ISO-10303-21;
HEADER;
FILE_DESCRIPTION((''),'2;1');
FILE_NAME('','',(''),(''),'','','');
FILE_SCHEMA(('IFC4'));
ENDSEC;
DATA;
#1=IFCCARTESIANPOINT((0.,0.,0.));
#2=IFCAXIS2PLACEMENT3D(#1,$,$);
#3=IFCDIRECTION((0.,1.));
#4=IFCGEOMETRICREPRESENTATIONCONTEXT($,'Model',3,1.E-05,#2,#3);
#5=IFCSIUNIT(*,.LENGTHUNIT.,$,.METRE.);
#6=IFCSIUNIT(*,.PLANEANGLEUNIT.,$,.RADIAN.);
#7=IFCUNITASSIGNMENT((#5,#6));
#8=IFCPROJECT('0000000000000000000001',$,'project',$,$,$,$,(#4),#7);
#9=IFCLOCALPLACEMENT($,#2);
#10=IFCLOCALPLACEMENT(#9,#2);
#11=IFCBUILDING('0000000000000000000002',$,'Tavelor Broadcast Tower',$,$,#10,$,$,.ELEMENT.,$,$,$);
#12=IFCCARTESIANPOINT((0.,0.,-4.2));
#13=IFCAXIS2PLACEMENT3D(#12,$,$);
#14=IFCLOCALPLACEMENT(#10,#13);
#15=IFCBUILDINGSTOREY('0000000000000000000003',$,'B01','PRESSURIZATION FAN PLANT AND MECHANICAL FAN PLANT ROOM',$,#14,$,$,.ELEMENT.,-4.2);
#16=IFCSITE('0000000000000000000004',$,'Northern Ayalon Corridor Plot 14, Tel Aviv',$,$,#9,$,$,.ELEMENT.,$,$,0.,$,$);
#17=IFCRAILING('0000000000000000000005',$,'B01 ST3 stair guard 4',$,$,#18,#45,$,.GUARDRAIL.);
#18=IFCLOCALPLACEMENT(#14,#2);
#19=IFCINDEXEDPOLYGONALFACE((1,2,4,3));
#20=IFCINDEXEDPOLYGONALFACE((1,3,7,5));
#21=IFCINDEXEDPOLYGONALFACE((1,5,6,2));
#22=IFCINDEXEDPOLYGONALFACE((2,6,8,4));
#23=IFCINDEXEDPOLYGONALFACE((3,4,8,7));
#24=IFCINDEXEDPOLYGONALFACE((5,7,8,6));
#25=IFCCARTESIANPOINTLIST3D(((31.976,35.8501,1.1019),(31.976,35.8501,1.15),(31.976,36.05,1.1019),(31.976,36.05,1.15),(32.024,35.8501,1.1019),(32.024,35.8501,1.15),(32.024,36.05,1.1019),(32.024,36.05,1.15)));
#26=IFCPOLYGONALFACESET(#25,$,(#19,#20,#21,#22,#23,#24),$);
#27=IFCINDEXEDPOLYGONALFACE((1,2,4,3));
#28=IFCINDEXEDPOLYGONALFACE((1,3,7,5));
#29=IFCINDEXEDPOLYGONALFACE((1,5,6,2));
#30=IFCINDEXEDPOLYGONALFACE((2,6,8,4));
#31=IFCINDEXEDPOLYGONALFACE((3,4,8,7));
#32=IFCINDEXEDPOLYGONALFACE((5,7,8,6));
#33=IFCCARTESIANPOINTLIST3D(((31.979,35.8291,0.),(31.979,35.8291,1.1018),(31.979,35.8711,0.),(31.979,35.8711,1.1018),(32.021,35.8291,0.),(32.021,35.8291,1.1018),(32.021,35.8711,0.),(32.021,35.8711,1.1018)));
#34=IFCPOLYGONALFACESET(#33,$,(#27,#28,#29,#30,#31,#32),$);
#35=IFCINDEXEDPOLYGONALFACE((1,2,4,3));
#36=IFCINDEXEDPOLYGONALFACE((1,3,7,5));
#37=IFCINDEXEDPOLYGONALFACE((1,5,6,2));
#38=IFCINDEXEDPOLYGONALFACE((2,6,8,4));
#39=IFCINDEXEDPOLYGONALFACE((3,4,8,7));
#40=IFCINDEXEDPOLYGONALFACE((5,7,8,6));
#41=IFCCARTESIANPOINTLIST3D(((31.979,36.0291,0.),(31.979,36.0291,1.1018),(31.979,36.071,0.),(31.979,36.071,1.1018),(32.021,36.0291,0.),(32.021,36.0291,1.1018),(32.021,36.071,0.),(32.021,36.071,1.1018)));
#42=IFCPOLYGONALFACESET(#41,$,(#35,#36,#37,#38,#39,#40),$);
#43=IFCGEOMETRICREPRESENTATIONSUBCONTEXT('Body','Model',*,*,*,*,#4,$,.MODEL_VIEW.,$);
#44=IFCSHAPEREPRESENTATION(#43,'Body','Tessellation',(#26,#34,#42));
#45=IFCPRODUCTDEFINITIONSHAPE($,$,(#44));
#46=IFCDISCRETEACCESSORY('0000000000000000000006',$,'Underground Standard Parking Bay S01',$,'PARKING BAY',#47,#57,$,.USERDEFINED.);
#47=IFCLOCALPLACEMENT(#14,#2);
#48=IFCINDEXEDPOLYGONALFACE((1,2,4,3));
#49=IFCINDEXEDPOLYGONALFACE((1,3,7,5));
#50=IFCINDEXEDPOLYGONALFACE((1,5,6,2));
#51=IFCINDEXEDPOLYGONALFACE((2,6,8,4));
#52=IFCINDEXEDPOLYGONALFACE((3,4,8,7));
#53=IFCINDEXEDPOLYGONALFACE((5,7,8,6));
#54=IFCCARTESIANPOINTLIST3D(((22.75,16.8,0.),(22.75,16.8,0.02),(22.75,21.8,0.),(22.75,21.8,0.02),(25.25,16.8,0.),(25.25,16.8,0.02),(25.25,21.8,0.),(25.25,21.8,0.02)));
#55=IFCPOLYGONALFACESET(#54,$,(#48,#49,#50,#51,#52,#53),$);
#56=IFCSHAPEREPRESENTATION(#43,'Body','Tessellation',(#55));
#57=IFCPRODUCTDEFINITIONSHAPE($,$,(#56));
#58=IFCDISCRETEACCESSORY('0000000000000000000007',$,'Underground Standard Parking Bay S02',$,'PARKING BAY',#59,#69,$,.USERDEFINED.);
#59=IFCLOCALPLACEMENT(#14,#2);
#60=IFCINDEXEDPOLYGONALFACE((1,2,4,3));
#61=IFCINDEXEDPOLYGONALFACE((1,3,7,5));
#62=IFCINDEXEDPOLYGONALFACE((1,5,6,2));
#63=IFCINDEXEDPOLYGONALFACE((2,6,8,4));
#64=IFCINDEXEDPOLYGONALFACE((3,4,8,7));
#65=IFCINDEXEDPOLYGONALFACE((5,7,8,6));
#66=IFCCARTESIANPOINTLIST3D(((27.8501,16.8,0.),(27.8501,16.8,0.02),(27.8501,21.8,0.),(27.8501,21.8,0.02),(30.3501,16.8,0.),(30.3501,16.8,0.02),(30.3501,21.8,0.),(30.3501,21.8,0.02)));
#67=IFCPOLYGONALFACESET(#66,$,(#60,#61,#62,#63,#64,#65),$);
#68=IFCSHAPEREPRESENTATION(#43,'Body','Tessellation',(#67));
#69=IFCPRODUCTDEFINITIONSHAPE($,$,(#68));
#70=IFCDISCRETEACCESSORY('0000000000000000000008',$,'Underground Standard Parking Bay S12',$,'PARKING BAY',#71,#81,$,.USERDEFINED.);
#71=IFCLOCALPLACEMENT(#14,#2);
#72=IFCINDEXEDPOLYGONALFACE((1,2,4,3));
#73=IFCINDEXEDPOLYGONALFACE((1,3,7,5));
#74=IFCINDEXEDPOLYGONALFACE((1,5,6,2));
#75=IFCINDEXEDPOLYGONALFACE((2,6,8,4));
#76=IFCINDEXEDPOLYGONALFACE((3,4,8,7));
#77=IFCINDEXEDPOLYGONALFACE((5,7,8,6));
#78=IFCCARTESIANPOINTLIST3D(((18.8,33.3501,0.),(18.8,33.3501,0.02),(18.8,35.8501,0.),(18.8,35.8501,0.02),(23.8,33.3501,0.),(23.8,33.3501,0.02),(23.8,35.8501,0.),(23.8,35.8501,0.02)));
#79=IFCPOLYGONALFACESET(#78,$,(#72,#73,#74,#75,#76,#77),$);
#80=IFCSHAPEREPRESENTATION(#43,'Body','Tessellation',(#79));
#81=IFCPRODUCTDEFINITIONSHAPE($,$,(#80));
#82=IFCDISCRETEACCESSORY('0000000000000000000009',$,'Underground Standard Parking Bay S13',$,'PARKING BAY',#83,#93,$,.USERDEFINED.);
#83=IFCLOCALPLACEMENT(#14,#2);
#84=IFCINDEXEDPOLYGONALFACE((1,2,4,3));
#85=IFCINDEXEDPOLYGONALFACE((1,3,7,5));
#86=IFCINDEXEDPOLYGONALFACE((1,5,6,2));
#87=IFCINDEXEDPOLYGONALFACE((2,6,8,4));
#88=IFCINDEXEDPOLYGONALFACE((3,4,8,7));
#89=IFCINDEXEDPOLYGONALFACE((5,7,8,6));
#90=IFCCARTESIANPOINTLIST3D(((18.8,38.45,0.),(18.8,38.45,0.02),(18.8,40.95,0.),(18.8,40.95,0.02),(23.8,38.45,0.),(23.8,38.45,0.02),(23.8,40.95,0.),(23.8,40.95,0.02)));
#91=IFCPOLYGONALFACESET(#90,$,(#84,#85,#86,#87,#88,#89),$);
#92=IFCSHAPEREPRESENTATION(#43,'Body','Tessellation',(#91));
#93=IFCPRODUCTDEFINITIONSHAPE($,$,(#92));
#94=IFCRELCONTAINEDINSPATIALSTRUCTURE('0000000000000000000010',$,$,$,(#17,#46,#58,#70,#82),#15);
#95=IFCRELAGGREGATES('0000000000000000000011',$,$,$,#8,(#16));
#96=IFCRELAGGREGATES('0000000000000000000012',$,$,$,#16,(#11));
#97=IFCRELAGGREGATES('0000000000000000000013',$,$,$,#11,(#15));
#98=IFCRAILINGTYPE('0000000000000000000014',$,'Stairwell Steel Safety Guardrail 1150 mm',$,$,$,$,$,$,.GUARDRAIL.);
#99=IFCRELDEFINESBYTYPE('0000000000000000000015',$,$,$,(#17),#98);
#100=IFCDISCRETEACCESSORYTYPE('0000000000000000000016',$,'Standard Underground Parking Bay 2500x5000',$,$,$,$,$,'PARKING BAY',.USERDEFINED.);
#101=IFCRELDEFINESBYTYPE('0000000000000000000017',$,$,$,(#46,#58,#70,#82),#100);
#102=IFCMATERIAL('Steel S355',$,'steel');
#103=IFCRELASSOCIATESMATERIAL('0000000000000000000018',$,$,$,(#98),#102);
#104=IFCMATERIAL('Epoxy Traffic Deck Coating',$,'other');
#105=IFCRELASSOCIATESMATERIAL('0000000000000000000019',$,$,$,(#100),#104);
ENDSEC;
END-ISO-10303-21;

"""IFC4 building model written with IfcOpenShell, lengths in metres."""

from ifc_helpers import new_model, si_unit, direction, frame, origin, origin_2d, place, context, subcontext, project, spatial, rectangle, extrude, source, transform, mapped, material, type_object, type_shapes, element, save


model = new_model("IFC4")

# Units and contexts
model_context = context("Model", 3, precision=1e-05, world=origin(), true_north=direction((0.0, 1.0)))
body_context = subcontext(model_context, "Body", "Model", "MODEL_VIEW")
ifc_project = project(units=[si_unit("LENGTHUNIT", "METRE"), si_unit("PLANEANGLEUNIT", "RADIAN")], contexts=[model_context])

# Site, building, storey
site_placement = place(None, origin())
site = spatial("IfcSite", under=ifc_project, at=site_placement, Name="Northern Ayalon Corridor Plot 14, Tel Aviv", CompositionType="ELEMENT", RefElevation=0.0)
building_placement = place(site_placement, origin())
building = spatial("IfcBuilding", under=site, at=building_placement, Name="Tavelor Broadcast Tower", CompositionType="ELEMENT")
storey_placement = place(building_placement, frame((0.0, 0.0, -4.2)))
storey = spatial("IfcBuildingStorey", under=building, at=storey_placement, Name="B01", Description="PRESSURIZATION FAN PLANT AND MECHANICAL FAN PLANT ROOM", CompositionType="ELEMENT", Elevation=-4.2)

# Shared definitions
ifc_material_1 = material(Name="Steel S355", Category="steel")

# Railing
railing_type_1 = type_object("IfcRailingType", Name="Stairwell Steel Safety Guardrail 1150 mm", PredefinedType="GUARDRAIL", material=ifc_material_1)
railing_1_placement = place(storey_placement, frame((32.0, 35.8501, 0.0)))
element("IfcRailing", 1, at=railing_1_placement, inside=storey, type_object=railing_type_1, Name="B01 ST3 stair guard 4", PredefinedType="GUARDRAIL", context=body_context, shape_type="SweptSolid", body=[
    extrude(rectangle(XDim=0.0481, YDim=0.0481, at=origin_2d()), frame((0.0, 0.0, 1.126), z_axis=(0.0, 1.0, 0.0), x_axis=(-1.0, 0.0, 0.0)), (0.0, 0.0, 1.0), 0.2),
    extrude(rectangle(XDim=0.042, YDim=0.042, at=origin_2d()), origin(), (0.0, 0.0, 1.0), 1.1018),
    extrude(rectangle(XDim=0.042, YDim=0.042, at=origin_2d()), frame((0.0, 0.2, 0.0)), (0.0, 0.0, 1.0), 1.1018),
])

# Discrete accessories
ifc_material_2 = material(Name="Epoxy Traffic Deck Coating", Category="other")
discrete_accessory_type = type_object("IfcDiscreteAccessoryType", Name="Standard Underground Parking Bay 2500x5000", ElementType="PARKING BAY", PredefinedType="USERDEFINED", material=ifc_material_2)
shared_shape_1 = source(origin(), body_context, "Body", "SweptSolid", [
    extrude(rectangle(XDim=2.5, YDim=5.0, at=origin_2d()), origin(), (0.0, 0.0, 1.0), 0.02),
])
type_shapes(discrete_accessory_type, [shared_shape_1])
for number, where, z_axis, x_axis, name in (
    (2, (24.0, 19.3, 0.0), (0.0, 0.0, 1.0), (1.0, 0.0, 0.0), "Underground Standard Parking Bay S01"),
    (3, (29.1001, 19.3, 0.0), (0.0, 0.0, 1.0), (1.0, 0.0, 0.0), "Underground Standard Parking Bay S02"),
    (4, (21.3, 34.6001, 0.0), (0.0, 0.0, 1.0), (0.0, 1.0, 0.0), "Underground Standard Parking Bay S12"),
    (5, (21.3, 39.7, 0.0), (0.0, 0.0, 1.0), (0.0, 1.0, 0.0), "Underground Standard Parking Bay S13"),
):
    element("IfcDiscreteAccessory", number, at=place(storey_placement, frame(where, z_axis=z_axis, x_axis=x_axis)), inside=storey, type_object=discrete_accessory_type, Name=name, ObjectType="PARKING BAY", PredefinedType="USERDEFINED", context=body_context, shape_type="MappedRepresentation", body=[
        mapped(shared_shape_1, transform((0.0, 0.0, 0.0), scale=1.0)),
    ])

save(model, "model.ifc")
